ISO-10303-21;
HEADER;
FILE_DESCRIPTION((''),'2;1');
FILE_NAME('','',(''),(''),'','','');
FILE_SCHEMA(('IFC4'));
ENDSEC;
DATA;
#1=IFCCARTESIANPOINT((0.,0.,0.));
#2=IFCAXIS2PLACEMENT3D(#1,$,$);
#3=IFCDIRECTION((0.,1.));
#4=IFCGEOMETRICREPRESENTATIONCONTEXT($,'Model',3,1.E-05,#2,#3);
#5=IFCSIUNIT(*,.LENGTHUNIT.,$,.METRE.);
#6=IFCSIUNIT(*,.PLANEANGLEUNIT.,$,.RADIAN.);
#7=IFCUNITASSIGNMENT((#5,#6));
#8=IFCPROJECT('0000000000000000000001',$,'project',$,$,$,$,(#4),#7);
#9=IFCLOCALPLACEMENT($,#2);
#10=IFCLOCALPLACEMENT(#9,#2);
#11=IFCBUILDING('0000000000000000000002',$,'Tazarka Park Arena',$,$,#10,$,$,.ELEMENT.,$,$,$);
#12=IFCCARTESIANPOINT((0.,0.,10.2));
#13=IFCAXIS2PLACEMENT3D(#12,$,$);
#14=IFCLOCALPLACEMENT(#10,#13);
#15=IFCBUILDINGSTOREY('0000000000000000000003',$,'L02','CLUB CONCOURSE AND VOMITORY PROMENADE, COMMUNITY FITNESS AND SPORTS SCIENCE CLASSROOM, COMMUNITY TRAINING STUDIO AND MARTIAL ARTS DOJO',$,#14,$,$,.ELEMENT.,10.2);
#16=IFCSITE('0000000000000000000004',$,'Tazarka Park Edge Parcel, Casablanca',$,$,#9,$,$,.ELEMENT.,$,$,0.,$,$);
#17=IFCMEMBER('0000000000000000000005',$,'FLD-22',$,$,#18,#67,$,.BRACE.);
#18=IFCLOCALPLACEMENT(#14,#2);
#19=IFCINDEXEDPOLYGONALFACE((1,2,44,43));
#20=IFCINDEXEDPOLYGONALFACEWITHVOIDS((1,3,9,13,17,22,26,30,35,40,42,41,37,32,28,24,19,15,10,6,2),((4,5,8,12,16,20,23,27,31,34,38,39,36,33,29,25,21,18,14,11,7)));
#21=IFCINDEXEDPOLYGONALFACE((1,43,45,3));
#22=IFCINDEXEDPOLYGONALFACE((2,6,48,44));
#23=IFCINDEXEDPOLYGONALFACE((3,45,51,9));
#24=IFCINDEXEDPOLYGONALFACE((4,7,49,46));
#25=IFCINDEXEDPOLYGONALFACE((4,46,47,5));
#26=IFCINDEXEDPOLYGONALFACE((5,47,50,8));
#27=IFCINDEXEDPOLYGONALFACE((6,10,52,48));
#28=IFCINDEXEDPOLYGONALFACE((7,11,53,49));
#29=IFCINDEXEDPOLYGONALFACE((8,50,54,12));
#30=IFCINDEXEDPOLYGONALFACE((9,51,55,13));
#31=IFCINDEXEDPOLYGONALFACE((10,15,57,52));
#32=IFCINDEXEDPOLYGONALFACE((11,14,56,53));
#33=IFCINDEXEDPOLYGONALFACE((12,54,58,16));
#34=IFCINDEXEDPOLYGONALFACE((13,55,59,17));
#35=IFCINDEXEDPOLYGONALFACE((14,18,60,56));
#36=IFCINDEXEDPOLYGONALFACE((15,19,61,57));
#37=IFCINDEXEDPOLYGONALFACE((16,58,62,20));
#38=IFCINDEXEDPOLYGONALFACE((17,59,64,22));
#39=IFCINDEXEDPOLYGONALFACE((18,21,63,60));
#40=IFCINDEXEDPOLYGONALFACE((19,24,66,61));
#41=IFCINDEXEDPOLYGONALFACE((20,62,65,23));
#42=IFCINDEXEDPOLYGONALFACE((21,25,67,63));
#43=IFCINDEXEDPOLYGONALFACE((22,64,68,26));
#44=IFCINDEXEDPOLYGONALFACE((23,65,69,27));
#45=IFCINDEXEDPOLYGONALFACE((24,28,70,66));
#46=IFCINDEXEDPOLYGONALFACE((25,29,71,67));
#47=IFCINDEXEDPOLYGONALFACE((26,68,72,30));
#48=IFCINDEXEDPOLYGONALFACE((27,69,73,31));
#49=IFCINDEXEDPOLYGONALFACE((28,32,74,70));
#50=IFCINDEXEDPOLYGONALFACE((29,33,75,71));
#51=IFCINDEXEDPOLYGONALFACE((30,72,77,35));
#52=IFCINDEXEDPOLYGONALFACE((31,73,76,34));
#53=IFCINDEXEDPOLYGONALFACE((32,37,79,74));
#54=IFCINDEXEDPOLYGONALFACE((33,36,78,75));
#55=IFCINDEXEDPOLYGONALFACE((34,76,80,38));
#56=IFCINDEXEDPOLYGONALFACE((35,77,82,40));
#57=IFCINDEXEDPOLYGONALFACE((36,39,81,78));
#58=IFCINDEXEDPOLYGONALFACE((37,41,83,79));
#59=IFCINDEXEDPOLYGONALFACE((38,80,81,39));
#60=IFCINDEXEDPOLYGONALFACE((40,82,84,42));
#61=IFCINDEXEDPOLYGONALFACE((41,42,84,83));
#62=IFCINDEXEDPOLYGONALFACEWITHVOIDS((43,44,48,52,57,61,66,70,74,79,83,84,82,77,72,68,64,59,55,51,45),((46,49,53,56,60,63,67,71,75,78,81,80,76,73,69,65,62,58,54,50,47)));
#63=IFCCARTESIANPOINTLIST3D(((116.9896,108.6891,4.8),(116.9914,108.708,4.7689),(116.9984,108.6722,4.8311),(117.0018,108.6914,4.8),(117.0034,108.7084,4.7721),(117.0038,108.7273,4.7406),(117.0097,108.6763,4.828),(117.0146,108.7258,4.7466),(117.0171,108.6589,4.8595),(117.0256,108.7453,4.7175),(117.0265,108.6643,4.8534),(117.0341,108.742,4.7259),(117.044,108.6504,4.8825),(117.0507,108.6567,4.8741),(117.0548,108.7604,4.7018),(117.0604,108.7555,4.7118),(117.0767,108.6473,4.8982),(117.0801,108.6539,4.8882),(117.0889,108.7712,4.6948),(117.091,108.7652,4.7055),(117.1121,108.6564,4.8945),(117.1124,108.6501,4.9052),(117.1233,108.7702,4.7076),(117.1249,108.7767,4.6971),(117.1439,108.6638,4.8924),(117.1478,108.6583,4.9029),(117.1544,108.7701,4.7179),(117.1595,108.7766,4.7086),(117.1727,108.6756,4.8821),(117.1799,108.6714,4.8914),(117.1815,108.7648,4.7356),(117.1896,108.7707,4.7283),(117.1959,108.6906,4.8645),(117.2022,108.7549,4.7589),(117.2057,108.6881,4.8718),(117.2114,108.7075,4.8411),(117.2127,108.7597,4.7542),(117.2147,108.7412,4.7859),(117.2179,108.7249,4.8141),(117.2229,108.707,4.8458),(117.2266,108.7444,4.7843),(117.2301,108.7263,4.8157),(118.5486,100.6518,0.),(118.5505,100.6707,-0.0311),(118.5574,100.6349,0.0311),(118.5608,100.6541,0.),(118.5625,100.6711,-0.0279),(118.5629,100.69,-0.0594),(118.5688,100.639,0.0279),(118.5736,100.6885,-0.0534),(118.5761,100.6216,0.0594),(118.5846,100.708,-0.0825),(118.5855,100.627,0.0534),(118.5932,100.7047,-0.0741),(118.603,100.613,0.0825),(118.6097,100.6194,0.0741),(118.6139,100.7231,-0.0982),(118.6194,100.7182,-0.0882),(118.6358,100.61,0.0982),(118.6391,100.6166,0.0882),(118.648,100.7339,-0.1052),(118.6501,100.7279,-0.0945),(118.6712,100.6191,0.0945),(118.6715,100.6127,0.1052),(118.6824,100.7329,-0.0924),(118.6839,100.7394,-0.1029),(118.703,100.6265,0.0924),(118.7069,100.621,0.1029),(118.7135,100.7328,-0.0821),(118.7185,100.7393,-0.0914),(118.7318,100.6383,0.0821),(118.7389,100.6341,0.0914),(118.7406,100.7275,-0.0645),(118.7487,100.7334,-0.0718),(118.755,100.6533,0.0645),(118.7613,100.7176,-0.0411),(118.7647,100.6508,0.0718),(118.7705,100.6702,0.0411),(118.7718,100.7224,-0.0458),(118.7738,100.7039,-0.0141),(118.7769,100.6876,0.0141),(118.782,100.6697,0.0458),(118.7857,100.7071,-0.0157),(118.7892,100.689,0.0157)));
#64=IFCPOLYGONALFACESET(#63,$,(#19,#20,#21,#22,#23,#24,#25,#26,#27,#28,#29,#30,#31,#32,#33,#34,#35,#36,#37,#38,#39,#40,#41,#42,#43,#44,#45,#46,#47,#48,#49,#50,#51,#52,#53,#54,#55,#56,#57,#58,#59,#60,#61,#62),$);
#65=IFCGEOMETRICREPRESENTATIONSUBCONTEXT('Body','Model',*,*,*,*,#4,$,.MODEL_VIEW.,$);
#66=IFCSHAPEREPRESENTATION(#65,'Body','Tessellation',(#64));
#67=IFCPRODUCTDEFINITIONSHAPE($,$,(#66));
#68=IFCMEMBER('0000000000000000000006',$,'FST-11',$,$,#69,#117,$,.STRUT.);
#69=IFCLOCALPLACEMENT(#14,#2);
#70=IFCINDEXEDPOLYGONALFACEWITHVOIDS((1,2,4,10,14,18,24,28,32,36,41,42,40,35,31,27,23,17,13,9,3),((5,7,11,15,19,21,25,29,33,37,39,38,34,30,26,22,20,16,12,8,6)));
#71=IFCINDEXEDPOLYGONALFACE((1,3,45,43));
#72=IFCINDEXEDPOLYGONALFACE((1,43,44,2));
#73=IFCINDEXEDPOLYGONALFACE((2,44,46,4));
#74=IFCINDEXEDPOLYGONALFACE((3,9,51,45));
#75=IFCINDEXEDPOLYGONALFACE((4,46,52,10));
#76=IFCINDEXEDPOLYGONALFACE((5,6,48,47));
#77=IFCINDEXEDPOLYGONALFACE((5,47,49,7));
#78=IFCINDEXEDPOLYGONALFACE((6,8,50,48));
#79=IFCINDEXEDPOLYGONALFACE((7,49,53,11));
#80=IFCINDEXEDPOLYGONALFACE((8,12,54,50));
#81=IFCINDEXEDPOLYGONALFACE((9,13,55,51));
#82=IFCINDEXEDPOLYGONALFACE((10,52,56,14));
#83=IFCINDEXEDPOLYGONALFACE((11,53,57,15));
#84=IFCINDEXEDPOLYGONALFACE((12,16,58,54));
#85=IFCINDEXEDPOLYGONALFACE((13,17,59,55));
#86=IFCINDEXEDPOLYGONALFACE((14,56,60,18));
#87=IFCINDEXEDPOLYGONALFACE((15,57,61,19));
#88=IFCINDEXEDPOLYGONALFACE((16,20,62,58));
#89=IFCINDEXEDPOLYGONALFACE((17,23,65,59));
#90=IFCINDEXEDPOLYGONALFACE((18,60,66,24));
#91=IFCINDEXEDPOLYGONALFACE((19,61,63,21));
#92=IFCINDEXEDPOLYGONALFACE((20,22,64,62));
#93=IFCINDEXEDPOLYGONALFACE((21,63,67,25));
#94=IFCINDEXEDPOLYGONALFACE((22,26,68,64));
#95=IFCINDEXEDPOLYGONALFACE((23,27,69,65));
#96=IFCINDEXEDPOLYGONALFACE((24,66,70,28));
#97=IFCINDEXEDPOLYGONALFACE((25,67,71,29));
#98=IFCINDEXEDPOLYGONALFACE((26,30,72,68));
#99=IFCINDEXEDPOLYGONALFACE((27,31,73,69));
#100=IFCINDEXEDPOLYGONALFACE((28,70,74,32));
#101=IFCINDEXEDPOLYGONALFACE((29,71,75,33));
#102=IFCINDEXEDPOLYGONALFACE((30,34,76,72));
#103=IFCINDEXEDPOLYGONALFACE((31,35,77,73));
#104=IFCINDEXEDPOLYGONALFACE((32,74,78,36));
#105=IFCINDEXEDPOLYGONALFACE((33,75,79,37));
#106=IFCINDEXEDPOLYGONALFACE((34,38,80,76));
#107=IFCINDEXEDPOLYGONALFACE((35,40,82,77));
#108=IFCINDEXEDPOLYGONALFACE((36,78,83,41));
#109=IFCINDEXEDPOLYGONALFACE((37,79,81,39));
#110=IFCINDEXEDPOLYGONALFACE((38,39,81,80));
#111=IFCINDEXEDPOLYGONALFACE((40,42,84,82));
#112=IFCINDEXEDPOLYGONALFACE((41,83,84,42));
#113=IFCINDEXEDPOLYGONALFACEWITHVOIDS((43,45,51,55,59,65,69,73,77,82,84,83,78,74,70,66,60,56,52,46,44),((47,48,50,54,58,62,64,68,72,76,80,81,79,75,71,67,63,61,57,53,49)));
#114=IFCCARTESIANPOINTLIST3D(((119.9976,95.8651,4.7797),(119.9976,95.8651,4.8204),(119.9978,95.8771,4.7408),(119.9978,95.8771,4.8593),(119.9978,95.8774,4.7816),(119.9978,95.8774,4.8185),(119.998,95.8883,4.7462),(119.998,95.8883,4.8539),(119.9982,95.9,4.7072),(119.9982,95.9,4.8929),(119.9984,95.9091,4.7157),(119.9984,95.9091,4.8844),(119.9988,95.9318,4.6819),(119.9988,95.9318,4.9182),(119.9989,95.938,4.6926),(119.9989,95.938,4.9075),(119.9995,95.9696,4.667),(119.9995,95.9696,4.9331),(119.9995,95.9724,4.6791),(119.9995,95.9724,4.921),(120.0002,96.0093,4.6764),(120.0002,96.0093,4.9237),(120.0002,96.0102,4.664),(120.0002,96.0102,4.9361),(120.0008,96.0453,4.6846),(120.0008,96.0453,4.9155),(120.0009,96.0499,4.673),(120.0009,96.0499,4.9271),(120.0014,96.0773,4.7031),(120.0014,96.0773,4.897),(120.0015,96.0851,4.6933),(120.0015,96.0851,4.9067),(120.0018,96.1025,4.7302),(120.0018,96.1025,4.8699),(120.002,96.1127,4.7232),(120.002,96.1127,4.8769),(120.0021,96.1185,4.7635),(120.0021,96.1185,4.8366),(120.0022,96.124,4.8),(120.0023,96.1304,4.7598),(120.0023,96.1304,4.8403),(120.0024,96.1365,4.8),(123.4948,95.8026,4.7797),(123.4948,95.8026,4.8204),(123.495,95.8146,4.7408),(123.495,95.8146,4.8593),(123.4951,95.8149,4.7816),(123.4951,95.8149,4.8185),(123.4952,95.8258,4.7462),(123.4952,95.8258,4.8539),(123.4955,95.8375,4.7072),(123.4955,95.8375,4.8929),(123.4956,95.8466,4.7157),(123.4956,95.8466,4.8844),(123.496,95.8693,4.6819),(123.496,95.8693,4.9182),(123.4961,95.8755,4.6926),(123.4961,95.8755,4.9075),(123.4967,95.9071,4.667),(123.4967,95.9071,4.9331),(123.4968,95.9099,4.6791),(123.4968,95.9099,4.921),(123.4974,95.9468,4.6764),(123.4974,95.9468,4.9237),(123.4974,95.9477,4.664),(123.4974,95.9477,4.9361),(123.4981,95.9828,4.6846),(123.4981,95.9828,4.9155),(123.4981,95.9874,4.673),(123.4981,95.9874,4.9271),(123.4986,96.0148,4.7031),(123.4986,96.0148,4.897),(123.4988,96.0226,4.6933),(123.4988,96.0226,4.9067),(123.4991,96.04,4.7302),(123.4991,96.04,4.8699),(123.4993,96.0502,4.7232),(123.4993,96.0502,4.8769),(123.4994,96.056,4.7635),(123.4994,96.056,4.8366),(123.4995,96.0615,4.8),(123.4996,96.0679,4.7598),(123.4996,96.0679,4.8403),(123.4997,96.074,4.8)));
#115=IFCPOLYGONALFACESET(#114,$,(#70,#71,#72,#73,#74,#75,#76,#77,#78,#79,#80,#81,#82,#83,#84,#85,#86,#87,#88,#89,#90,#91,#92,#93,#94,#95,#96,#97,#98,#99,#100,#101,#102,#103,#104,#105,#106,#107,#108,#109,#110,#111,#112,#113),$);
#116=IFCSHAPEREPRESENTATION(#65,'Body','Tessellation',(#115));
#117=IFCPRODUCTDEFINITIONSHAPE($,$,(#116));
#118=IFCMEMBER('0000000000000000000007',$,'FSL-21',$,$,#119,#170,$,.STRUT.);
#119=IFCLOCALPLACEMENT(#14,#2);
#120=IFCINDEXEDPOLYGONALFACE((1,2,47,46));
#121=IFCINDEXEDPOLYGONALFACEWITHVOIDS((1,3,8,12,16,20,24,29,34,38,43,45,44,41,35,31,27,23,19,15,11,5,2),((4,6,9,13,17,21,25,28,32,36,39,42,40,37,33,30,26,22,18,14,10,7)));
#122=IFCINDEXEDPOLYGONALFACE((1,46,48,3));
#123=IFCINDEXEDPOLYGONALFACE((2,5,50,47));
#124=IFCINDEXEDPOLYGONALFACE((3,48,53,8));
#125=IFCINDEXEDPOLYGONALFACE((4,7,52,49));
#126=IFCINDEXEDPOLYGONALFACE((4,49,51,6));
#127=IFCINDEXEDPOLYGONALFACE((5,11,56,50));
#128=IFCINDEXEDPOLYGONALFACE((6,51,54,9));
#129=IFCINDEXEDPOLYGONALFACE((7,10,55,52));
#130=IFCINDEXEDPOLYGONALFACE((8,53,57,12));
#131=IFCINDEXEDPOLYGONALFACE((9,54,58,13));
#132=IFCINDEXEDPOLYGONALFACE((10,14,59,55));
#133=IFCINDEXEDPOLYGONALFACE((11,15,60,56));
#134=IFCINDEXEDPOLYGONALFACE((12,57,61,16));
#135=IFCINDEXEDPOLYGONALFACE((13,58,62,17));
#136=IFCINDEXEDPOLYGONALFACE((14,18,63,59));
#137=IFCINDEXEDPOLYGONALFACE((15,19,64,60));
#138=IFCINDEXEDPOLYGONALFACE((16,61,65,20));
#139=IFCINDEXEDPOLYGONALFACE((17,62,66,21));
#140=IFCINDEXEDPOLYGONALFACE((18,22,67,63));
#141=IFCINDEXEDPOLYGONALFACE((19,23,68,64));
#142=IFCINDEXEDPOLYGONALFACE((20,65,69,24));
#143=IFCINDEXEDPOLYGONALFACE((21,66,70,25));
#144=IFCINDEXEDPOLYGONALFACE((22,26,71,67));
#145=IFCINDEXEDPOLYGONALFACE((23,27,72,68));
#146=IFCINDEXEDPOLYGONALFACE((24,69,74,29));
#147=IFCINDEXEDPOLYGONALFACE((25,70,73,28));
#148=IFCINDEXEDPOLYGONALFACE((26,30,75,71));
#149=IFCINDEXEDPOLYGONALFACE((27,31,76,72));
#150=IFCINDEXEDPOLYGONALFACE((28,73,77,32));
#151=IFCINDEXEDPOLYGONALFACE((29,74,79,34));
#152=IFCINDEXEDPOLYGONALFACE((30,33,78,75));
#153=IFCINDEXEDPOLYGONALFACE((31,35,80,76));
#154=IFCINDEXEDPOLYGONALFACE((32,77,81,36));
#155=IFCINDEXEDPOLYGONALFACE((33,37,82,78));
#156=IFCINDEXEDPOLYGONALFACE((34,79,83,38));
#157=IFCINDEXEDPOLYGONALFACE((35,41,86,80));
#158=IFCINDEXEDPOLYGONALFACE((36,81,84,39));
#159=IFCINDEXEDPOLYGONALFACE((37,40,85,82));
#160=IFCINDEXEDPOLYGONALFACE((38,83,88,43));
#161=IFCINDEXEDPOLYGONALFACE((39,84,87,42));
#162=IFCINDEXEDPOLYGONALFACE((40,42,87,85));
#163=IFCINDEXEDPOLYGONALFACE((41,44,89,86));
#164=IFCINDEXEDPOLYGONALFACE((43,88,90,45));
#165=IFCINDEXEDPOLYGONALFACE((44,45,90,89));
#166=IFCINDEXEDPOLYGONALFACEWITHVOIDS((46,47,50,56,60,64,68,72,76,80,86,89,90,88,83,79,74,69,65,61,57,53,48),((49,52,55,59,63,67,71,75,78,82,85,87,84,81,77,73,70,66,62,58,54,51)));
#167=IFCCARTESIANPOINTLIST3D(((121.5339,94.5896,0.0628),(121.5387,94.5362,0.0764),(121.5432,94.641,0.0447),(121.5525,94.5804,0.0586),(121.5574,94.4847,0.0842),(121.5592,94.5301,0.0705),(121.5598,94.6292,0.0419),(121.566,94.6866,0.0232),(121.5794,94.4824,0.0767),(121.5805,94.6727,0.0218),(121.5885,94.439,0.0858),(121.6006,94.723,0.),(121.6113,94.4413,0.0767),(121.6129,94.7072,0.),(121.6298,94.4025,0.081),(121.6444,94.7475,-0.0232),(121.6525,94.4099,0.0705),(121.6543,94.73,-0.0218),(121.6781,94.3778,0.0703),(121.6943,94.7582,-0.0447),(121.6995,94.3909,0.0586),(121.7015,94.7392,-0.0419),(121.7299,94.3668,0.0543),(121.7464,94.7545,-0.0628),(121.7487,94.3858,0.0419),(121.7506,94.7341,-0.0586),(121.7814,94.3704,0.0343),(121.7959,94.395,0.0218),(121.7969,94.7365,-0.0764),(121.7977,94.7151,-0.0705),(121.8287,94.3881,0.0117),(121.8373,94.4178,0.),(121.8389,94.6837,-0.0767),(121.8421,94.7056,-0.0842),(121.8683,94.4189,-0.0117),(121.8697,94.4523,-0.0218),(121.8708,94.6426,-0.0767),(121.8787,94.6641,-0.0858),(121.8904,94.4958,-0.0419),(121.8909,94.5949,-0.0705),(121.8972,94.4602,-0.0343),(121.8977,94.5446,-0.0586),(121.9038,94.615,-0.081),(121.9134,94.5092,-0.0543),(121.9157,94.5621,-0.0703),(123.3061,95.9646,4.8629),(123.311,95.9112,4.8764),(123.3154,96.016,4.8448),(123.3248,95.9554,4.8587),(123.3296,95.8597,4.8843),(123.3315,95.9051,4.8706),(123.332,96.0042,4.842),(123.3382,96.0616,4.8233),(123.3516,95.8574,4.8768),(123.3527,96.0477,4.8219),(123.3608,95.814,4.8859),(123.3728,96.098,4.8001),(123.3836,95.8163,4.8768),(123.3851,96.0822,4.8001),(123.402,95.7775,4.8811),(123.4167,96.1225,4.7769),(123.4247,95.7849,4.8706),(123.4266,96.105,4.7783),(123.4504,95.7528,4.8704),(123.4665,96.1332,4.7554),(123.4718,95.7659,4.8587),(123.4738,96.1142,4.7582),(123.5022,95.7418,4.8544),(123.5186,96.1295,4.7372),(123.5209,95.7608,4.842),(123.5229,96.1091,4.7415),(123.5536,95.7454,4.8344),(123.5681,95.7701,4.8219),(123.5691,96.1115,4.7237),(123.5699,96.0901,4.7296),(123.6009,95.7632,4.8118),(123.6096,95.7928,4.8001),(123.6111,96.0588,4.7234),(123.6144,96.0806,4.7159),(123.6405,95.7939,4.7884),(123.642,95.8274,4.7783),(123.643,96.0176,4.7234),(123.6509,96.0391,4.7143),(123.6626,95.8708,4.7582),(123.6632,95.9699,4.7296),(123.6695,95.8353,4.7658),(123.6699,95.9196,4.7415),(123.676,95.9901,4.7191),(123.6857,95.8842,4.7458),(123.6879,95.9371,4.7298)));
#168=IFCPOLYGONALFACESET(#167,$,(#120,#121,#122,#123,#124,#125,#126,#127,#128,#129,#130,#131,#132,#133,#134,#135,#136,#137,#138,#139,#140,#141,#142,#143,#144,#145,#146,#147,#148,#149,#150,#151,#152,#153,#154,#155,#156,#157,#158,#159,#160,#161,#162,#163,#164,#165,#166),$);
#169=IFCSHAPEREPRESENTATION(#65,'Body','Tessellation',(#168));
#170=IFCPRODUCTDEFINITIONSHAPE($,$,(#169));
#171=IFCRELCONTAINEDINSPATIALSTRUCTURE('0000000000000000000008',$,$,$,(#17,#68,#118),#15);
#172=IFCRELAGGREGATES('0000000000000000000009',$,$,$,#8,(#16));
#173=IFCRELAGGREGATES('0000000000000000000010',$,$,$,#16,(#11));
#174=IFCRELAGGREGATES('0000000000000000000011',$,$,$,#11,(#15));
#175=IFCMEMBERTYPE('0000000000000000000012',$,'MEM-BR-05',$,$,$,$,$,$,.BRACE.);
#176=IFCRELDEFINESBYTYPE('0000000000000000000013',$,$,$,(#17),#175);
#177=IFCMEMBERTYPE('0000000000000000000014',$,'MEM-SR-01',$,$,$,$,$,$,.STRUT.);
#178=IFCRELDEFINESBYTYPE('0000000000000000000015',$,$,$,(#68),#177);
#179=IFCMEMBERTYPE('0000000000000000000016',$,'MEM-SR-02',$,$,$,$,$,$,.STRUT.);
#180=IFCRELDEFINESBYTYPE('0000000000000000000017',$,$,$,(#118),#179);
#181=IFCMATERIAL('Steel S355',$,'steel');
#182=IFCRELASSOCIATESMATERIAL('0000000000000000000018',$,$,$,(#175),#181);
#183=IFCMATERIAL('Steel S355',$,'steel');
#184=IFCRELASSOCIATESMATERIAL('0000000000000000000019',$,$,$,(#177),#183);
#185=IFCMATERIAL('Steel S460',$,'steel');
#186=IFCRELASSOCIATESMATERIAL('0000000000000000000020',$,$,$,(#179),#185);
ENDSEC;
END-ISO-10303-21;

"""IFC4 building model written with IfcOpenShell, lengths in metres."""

from ifc_helpers import new_model, si_unit, direction, frame, origin, origin_2d, place, context, subcontext, project, spatial, hollow_circle, extrude, material, material_profile, profile_set, type_object, element, save


model = new_model("IFC4")

# Units and contexts
model_context = context("Model", 3, precision=1e-05, world=origin(), true_north=direction((0.0, 1.0)))
body_context = subcontext(model_context, "Body", "Model", "MODEL_VIEW")
ifc_project = project(units=[si_unit("LENGTHUNIT", "METRE"), si_unit("PLANEANGLEUNIT", "RADIAN")], contexts=[model_context])

# Site, building, storey
site_placement = place(None, origin())
site = spatial("IfcSite", under=ifc_project, at=site_placement, Name="Tazarka Park Edge Parcel, Casablanca", CompositionType="ELEMENT", RefElevation=0.0)
building_placement = place(site_placement, origin())
building = spatial("IfcBuilding", under=site, at=building_placement, Name="Tazarka Park Arena", CompositionType="ELEMENT")
storey_placement = place(building_placement, frame((0.0, 0.0, 10.2)))
storey = spatial("IfcBuildingStorey", under=building, at=storey_placement, Name="L02", Description="CLUB CONCOURSE AND VOMITORY PROMENADE, COMMUNITY FITNESS AND SPORTS SCIENCE CLASSROOM, COMMUNITY TRAINING STUDIO AND MARTIAL ARTS DOJO", CompositionType="ELEMENT", Elevation=10.2)

# Members
ifc_material_1 = material(Name="Steel S355", Category="steel")
ifc_material_profile_1 = material_profile(ifc_material_1, hollow_circle(Radius=0.1223, WallThickness=0.0125, at=origin_2d()), Name="Steel S355")
ifc_profile_set_1 = profile_set([ifc_material_profile_1], Name="Steel S355")
member_type_1 = type_object("IfcMemberType", Name="MEM-BR-05", PredefinedType="BRACE", material=ifc_profile_set_1)
member_1_placement = place(storey_placement, frame((118.6687, 100.675, 0.0), z_axis=(-0.164278, 0.846881, 0.505772), x_axis=(-0.981701, -0.19043, 0.0)))
element("IfcMember", 1, at=member_1_placement, inside=storey, type_object=member_type_1, Name="FLD-22", PredefinedType="BRACE", context=body_context, shape_type="SweptSolid", body=[
    extrude(hollow_circle(Radius=0.1223, WallThickness=0.0125, at=origin_2d()), origin(), (0.0, 0.0, 1.0), 9.4905),
])
ifc_material_2 = material(Name="Steel S355", Category="steel")
ifc_material_profile_2 = material_profile(ifc_material_2, hollow_circle(Radius=0.1365, WallThickness=0.0125, at=origin_2d()), Name="Steel S355")
ifc_profile_set_2 = profile_set([ifc_material_profile_2], Name="Steel S355")
member_type_2 = type_object("IfcMemberType", Name="MEM-SR-01", PredefinedType="STRUT", material=ifc_profile_set_2)
member_2_placement = place(storey_placement, frame((120.0, 96.0, 4.8), z_axis=(0.99984, -0.017868, 0.0), x_axis=(0.017868, 0.99984, 0.0)))
element("IfcMember", 2, at=member_2_placement, inside=storey, type_object=member_type_2, Name="FST-11", PredefinedType="STRUT", context=body_context, shape_type="SweptSolid", body=[
    extrude(hollow_circle(Radius=0.1365, WallThickness=0.0125, at=origin_2d()), origin(), (0.0, 0.0, 1.0), 3.4978),
])
ifc_material_3 = material(Name="Steel S460", Category="steel")
ifc_material_profile_3 = material_profile(ifc_material_3, hollow_circle(Radius=0.2031, WallThickness=0.02, at=origin_2d()), Name="Steel S460")
ifc_profile_set_3 = profile_set([ifc_material_profile_3], Name="Steel S460")
member_type_3 = type_object("IfcMemberType", Name="MEM-SR-02", PredefinedType="STRUT", material=ifc_profile_set_3)
member_3_placement = place(storey_placement, frame((121.7251, 94.5625, 0.0), z_axis=(0.334489, 0.259518, 0.905962), x_axis=(-0.612998, 0.790084, 0.0)))
element("IfcMember", 3, at=member_3_placement, inside=storey, type_object=member_type_3, Name="FSL-21", PredefinedType="STRUT", context=body_context, shape_type="SweptSolid", body=[
    extrude(hollow_circle(Radius=0.2031, WallThickness=0.02, at=origin_2d()), origin(), (0.0, 0.0, 1.0), 5.2983),
])

save(model, "model.ifc")
